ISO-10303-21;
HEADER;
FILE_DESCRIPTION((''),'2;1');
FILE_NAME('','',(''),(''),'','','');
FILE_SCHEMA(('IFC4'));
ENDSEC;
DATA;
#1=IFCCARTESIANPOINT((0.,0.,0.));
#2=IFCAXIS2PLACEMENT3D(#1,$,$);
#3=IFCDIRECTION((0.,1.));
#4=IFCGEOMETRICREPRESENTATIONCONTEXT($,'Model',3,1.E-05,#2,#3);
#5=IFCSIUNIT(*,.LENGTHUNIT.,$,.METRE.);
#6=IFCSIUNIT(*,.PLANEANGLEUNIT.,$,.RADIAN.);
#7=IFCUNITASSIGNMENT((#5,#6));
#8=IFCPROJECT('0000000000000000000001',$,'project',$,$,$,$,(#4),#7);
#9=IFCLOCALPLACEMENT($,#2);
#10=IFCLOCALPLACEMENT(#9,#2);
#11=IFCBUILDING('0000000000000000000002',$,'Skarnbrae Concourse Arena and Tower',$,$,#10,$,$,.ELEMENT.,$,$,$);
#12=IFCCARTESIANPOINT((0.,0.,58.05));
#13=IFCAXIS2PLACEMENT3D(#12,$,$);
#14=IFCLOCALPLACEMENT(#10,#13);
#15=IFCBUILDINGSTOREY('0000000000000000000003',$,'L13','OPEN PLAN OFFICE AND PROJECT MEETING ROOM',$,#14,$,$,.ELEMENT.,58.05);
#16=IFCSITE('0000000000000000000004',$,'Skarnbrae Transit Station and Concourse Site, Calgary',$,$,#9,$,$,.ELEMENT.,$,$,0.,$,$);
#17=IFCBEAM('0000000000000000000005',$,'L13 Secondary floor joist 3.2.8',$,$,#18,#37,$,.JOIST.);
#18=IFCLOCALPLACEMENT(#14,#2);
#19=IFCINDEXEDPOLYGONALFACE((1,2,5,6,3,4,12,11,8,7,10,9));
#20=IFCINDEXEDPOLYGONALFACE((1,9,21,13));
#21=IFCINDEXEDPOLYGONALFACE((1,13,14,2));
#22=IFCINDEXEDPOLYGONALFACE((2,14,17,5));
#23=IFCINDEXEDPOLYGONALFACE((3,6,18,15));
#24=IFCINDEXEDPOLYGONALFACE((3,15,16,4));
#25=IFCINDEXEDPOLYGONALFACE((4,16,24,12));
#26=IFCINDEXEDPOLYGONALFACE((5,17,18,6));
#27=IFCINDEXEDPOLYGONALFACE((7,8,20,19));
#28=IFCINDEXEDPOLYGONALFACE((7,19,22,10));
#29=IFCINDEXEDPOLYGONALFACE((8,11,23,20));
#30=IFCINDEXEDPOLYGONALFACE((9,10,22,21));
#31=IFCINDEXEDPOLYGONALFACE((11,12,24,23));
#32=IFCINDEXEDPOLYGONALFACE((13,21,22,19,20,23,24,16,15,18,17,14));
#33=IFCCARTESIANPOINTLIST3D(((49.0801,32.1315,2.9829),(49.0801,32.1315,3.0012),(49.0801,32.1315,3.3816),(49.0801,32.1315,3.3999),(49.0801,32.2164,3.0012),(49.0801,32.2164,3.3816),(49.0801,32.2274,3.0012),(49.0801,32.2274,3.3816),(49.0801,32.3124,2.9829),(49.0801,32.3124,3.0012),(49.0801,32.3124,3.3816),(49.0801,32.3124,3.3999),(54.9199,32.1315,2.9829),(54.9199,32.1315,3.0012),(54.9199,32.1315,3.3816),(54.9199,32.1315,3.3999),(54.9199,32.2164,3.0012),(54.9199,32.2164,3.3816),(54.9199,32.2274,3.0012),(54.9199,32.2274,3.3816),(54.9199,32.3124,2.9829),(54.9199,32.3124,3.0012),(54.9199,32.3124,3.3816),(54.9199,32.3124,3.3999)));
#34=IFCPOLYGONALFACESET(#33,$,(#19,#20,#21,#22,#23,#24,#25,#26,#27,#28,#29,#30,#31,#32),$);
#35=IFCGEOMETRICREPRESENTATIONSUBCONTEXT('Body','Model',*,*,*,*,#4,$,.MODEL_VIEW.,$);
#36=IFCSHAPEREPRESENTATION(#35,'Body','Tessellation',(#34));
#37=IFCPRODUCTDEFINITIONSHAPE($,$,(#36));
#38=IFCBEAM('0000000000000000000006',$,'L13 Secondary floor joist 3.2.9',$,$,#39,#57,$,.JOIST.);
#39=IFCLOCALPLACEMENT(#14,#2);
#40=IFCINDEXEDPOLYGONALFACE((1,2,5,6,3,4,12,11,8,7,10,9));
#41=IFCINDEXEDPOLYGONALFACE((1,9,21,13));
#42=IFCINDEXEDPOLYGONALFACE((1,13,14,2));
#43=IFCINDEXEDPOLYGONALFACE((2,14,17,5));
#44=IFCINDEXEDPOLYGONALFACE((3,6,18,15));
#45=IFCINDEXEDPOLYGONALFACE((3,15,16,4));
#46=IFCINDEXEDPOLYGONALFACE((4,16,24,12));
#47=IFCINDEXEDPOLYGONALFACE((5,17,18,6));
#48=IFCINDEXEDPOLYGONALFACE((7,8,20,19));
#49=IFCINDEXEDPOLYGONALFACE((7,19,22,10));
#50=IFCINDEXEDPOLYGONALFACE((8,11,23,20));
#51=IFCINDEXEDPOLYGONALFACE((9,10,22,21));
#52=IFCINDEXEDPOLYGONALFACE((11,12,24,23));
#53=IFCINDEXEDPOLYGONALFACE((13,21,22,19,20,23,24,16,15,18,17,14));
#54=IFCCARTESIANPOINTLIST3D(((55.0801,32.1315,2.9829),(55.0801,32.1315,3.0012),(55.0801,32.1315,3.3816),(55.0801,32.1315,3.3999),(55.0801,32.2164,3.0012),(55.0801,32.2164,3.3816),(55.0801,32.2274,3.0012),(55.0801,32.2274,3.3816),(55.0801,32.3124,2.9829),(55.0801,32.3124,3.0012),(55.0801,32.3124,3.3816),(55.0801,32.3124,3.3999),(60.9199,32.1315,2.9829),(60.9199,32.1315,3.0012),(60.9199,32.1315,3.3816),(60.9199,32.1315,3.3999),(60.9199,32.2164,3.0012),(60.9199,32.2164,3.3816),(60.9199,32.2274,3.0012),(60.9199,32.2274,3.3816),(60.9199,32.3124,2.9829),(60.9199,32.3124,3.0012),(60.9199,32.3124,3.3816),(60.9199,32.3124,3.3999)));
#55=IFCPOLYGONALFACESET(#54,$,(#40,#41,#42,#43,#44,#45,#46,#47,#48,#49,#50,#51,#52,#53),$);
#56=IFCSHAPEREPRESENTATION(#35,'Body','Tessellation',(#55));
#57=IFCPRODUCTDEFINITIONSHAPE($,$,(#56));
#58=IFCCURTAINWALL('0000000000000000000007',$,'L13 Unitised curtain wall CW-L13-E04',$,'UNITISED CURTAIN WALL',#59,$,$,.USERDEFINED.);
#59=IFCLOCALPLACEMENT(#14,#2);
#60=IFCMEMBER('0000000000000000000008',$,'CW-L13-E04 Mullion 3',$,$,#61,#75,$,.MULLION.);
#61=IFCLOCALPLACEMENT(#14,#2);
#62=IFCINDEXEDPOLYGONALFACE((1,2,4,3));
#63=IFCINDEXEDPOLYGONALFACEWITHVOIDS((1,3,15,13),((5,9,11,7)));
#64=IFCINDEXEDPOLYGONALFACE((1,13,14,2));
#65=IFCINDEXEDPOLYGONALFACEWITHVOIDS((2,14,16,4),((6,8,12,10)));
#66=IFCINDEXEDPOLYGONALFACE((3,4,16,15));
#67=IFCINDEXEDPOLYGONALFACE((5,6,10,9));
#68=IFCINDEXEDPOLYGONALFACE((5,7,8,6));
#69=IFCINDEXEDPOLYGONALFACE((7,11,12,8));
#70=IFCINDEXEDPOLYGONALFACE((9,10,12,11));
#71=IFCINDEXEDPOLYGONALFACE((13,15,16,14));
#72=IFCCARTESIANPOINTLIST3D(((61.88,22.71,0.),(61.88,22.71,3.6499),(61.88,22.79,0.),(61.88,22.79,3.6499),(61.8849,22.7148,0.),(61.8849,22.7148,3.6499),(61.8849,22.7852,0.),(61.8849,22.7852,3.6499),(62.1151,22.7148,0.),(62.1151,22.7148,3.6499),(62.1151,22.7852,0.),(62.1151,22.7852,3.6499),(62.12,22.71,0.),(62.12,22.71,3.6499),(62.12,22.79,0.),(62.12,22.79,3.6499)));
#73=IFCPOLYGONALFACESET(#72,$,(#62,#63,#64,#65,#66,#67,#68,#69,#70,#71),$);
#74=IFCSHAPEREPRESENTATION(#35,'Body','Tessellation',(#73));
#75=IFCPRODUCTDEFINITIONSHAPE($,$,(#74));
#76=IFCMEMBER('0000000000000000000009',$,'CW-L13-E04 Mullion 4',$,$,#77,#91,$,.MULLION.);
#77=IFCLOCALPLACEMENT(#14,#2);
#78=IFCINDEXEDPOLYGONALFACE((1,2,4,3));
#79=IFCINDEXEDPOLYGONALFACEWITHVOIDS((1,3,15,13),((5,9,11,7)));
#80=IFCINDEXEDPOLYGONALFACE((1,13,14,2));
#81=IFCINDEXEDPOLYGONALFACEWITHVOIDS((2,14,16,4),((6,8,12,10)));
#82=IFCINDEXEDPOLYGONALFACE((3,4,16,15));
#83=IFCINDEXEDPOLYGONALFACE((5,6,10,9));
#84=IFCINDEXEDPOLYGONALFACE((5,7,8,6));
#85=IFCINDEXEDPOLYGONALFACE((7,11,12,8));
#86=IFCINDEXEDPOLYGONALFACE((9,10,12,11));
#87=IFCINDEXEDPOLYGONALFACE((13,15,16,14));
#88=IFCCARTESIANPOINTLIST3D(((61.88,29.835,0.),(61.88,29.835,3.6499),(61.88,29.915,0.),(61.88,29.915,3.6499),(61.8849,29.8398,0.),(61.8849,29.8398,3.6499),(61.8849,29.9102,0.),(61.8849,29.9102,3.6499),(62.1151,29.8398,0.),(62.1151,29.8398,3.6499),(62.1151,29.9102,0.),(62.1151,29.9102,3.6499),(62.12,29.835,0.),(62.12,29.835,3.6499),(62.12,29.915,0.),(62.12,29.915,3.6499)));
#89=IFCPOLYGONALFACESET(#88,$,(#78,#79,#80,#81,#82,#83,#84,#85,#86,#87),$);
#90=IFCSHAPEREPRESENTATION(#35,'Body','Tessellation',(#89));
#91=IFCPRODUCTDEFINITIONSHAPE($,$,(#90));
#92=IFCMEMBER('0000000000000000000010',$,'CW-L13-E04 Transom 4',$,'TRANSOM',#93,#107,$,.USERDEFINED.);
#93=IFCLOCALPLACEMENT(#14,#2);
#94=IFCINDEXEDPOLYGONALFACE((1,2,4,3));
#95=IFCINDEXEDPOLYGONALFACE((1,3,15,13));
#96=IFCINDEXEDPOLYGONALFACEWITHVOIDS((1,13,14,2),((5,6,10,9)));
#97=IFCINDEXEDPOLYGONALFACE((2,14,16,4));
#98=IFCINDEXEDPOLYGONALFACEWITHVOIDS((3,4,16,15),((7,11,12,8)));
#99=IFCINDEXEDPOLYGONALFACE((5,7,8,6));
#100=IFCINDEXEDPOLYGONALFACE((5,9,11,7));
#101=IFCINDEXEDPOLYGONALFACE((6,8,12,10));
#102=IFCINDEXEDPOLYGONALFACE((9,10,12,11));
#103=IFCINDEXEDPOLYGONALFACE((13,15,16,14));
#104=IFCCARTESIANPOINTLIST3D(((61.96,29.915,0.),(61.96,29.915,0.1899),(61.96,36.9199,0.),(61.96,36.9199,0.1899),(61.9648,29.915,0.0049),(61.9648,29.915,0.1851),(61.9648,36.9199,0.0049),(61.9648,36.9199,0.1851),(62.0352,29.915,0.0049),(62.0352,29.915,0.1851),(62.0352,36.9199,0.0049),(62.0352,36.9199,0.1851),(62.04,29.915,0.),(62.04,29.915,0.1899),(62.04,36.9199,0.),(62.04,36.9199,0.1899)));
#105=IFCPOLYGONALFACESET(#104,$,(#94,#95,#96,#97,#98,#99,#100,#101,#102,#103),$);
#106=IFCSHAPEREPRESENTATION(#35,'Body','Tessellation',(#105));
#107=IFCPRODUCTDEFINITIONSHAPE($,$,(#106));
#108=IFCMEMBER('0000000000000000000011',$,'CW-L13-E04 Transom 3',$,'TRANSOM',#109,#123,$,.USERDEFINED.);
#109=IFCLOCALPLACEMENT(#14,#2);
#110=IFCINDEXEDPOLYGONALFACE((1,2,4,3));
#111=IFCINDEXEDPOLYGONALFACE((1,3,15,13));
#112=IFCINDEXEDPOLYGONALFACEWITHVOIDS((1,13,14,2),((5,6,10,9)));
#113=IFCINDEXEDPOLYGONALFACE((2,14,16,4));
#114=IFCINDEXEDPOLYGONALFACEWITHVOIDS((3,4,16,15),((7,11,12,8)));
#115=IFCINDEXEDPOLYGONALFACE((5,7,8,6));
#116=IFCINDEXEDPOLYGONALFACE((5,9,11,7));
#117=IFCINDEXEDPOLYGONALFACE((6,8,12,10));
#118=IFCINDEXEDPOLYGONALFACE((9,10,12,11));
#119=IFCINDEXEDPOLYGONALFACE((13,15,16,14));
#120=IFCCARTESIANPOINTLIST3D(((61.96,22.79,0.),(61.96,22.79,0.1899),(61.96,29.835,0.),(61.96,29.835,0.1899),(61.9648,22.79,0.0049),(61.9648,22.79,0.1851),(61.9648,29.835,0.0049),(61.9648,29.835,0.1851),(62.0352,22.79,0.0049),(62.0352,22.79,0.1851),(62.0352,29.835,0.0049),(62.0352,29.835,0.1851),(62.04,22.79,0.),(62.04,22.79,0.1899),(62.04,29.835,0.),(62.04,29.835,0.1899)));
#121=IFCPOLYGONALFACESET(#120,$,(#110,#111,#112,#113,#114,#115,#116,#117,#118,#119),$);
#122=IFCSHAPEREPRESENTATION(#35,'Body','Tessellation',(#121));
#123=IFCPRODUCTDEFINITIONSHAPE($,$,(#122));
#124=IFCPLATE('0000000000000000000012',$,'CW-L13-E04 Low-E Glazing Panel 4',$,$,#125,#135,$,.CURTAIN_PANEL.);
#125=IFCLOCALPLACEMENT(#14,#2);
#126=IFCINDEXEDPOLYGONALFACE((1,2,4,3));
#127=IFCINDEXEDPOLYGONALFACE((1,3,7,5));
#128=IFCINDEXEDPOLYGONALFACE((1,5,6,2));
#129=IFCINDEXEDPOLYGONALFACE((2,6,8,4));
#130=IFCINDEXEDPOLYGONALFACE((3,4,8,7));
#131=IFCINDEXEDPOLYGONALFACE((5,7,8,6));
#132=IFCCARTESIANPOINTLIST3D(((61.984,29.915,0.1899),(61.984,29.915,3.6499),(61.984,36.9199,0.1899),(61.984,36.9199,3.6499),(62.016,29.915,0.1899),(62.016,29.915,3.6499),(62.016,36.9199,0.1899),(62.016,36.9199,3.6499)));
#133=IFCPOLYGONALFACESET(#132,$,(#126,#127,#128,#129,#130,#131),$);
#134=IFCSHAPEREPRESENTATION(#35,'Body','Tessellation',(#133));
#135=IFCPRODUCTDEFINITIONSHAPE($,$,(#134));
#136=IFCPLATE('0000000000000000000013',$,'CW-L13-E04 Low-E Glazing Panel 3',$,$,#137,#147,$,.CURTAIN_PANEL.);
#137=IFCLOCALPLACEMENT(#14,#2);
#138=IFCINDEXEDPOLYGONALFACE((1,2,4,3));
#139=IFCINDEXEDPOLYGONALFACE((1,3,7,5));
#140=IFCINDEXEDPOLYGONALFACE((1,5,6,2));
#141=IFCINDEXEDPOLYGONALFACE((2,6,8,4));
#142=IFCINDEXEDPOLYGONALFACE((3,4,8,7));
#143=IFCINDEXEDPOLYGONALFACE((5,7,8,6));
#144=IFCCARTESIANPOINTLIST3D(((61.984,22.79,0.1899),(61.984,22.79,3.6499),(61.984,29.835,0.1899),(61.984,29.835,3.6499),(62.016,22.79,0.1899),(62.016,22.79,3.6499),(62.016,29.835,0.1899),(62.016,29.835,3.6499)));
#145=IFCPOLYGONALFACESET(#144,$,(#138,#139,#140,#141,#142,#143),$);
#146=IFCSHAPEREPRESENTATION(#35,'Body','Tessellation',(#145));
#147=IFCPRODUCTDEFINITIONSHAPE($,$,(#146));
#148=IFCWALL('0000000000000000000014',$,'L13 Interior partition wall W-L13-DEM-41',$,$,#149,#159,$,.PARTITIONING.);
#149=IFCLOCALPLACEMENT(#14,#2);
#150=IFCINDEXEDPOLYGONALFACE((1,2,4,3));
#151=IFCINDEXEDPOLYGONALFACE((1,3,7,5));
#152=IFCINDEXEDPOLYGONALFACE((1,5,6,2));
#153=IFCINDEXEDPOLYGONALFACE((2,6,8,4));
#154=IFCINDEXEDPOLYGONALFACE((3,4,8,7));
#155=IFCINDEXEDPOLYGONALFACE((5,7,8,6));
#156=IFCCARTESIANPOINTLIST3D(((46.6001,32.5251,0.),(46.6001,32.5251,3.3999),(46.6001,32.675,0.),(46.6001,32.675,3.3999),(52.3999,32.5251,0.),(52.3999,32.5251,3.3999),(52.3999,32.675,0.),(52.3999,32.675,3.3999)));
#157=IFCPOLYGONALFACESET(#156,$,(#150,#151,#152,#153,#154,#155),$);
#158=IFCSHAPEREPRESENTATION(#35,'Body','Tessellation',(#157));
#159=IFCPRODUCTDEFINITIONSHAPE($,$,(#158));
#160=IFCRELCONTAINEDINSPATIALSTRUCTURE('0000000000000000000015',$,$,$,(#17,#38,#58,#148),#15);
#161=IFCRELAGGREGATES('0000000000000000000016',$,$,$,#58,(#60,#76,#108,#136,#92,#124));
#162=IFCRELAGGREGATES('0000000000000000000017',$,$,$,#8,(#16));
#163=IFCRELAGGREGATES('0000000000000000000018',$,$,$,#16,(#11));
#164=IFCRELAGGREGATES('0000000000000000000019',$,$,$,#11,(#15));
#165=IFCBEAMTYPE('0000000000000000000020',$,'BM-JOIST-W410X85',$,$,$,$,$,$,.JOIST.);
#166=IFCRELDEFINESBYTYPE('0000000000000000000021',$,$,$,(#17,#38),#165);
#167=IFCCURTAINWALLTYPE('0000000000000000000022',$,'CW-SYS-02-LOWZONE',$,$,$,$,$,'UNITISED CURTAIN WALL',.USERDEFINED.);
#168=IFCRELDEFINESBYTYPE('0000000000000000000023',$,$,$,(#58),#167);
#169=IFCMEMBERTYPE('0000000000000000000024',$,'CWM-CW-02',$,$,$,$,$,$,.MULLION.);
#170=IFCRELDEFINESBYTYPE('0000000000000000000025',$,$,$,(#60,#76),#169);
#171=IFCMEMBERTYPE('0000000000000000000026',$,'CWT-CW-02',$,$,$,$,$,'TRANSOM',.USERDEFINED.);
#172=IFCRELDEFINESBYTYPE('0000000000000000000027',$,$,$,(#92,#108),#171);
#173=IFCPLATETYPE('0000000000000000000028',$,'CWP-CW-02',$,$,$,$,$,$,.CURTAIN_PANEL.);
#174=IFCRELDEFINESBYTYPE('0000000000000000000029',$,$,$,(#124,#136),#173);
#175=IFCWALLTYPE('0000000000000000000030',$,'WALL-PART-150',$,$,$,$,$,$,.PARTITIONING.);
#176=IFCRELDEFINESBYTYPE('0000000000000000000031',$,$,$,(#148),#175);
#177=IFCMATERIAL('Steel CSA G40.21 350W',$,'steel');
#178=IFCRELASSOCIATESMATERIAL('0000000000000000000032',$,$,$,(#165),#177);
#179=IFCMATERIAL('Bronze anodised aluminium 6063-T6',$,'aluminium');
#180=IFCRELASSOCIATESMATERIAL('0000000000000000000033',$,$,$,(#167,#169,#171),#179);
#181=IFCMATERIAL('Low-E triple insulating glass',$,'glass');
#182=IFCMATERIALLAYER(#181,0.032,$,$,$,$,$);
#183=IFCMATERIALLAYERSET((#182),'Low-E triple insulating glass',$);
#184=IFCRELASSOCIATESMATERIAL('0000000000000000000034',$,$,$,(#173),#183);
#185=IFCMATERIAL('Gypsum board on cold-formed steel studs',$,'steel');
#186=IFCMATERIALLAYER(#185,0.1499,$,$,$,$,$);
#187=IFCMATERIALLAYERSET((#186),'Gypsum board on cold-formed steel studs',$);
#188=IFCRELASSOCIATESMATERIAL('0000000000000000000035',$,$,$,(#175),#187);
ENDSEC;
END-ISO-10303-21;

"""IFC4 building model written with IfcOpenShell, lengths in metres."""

from ifc_helpers import new_model, si_unit, direction, frame, frame_2d, origin, origin_2d, place, context, subcontext, project, spatial, rectangle, hollow_rectangle, i_section, extrude, source, transform, mapped, material, layer, layer_set, material_profile, profile_set, type_object, element, aggregate, save


model = new_model("IFC4")

# Units and contexts
model_context = context("Model", 3, precision=1e-05, world=origin(), true_north=direction((0.0, 1.0)))
body_context = subcontext(model_context, "Body", "Model", "MODEL_VIEW")
ifc_project = project(units=[si_unit("LENGTHUNIT", "METRE"), si_unit("PLANEANGLEUNIT", "RADIAN")], contexts=[model_context])

# Site, building, storey
site_placement = place(None, origin())
site = spatial("IfcSite", under=ifc_project, at=site_placement, Name="Skarnbrae Transit Station and Concourse Site, Calgary", CompositionType="ELEMENT", RefElevation=0.0)
building_placement = place(site_placement, origin())
building = spatial("IfcBuilding", under=site, at=building_placement, Name="Skarnbrae Concourse Arena and Tower", CompositionType="ELEMENT")
storey_placement = place(building_placement, frame((0.0, 0.0, 58.05)))
storey = spatial("IfcBuildingStorey", under=building, at=storey_placement, Name="L13", Description="OPEN PLAN OFFICE AND PROJECT MEETING ROOM", CompositionType="ELEMENT", Elevation=58.05)

# Shared definitions
ifc_material_1 = material(Name="Steel CSA G40.21 350W", Category="steel")

# Beams
ifc_material_profile_1 = material_profile(ifc_material_1, i_section(OverallWidth=0.1809, OverallDepth=0.417, WebThickness=0.011, FlangeThickness=0.0183, at=origin_2d()), Name="W410X85")
ifc_profile_set_1 = profile_set([ifc_material_profile_1], Name="Steel CSA G40.21 350W")
beam_type_1 = type_object("IfcBeamType", Name="BM-JOIST-W410X85", PredefinedType="JOIST", material=ifc_profile_set_1)
shared_shape_1 = source(origin(), body_context, "Body", "SweptSolid", [
    extrude(i_section(OverallWidth=0.1809, OverallDepth=0.417, WebThickness=0.011, FlangeThickness=0.0183, at=origin_2d()), origin(), (0.0, 0.0, 1.0), 5.8398),
])
for number, where, z_axis, x_axis, name in (
    (1, (49.0801, 32.2219, 3.1914), (1.0, 0.0, 0.0), (0.0, 1.0, 0.0), "L13 Secondary floor joist 3.2.8"),
    (2, (55.0801, 32.2219, 3.1914), (1.0, 0.0, 0.0), (0.0, 1.0, 0.0), "L13 Secondary floor joist 3.2.9"),
):
    element("IfcBeam", number, at=place(storey_placement, frame(where, z_axis=z_axis, x_axis=x_axis)), inside=storey, type_object=beam_type_1, Name=name, PredefinedType="JOIST", context=body_context, shape_type="MappedRepresentation", body=[
        mapped(shared_shape_1, transform((0.0, 0.0, 0.0))),
    ])

# Curtain wall, members, plates
ifc_material_2 = material(Name="Bronze anodised aluminium 6063-T6", Category="aluminium")
curtain_wall_type = type_object("IfcCurtainWallType", Name="CW-SYS-02-LOWZONE", ElementType="UNITISED CURTAIN WALL", PredefinedType="USERDEFINED", material=ifc_material_2)
curtain_wall_placement = place(storey_placement, origin())
curtain_wall = element("IfcCurtainWall", 3, at=curtain_wall_placement, inside=storey, type_object=curtain_wall_type, Name="L13 Unitised curtain wall CW-L13-E04", ObjectType="UNITISED CURTAIN WALL", PredefinedType="USERDEFINED")
ifc_material_profile_2 = material_profile(ifc_material_2, hollow_rectangle(XDim=0.0801, YDim=0.24, WallThickness=0.0049, at=origin_2d()), Name="ALU-MULL-80X240")
ifc_profile_set_2 = profile_set([ifc_material_profile_2], Name="Bronze anodised aluminium 6063-T6")
member_type_1 = type_object("IfcMemberType", Name="CWM-CW-02", PredefinedType="MULLION", material=ifc_profile_set_2)
shared_shape_2 = source(origin(), body_context, "Body", "SweptSolid", [
    extrude(hollow_rectangle(XDim=0.0801, YDim=0.24, WallThickness=0.0049, at=origin_2d()), origin(), (0.0, 0.0, 1.0), 3.6499),
])
member_1_placement = place(storey_placement, frame((62.0, 22.75, 0.0), z_axis=(0.0, 0.0, 1.0), x_axis=(0.0, 1.0, 0.0)))
member_1 = element("IfcMember", 4, at=member_1_placement, type_object=member_type_1, Name="CW-L13-E04 Mullion 3", PredefinedType="MULLION", context=body_context, shape_type="MappedRepresentation", body=[
    mapped(shared_shape_2, transform((0.0, 0.0, 0.0))),
])
member_2_placement = place(storey_placement, frame((62.0, 29.875, 0.0), z_axis=(0.0, 0.0, 1.0), x_axis=(0.0, 1.0, 0.0)))
member_2 = element("IfcMember", 5, at=member_2_placement, type_object=member_type_1, Name="CW-L13-E04 Mullion 4", PredefinedType="MULLION", context=body_context, shape_type="MappedRepresentation", body=[
    mapped(shared_shape_2, transform((0.0, 0.0, 0.0))),
])
ifc_material_profile_3 = material_profile(ifc_material_2, hollow_rectangle(XDim=0.0801, YDim=0.1899, WallThickness=0.0049, at=origin_2d()), Name="ALU-TRAN-80X190")
ifc_profile_set_3 = profile_set([ifc_material_profile_3], Name="Bronze anodised aluminium 6063-T6")
member_type_2 = type_object("IfcMemberType", Name="CWT-CW-02", ElementType="TRANSOM", PredefinedType="USERDEFINED", material=ifc_profile_set_3)
shared_shape_3 = source(origin(), body_context, "Body", "SweptSolid", [
    extrude(hollow_rectangle(XDim=0.0801, YDim=0.1899, WallThickness=0.0049, at=origin_2d()), origin(), (0.0, 0.0, 1.0), 7.0049),
])
member_3_placement = place(storey_placement, frame((62.0, 29.915, 0.095), z_axis=(0.0, 1.0, 0.0), x_axis=(-1.0, 0.0, 0.0)))
member_3 = element("IfcMember", 6, at=member_3_placement, type_object=member_type_2, Name="CW-L13-E04 Transom 4", ObjectType="TRANSOM", PredefinedType="USERDEFINED", context=body_context, shape_type="MappedRepresentation", body=[
    mapped(shared_shape_3, transform((0.0, 0.0, 0.0))),
])
shared_shape_4 = source(origin(), body_context, "Body", "SweptSolid", [
    extrude(hollow_rectangle(XDim=0.0801, YDim=0.1899, WallThickness=0.0049, at=origin_2d()), origin(), (0.0, 0.0, 1.0), 7.0449),
])
member_4_placement = place(storey_placement, frame((62.0, 22.79, 0.095), z_axis=(0.0, 1.0, 0.0), x_axis=(-1.0, 0.0, 0.0)))
member_4 = element("IfcMember", 7, at=member_4_placement, type_object=member_type_2, Name="CW-L13-E04 Transom 3", ObjectType="TRANSOM", PredefinedType="USERDEFINED", context=body_context, shape_type="MappedRepresentation", body=[
    mapped(shared_shape_4, transform((0.0, 0.0, 0.0))),
])
ifc_material_3 = material(Name="Low-E triple insulating glass", Category="glass")
ifc_layer_1 = layer(ifc_material_3, 0.032)
ifc_layer_set_1 = layer_set([ifc_layer_1], Name="Low-E triple insulating glass")
plate_type = type_object("IfcPlateType", Name="CWP-CW-02", PredefinedType="CURTAIN_PANEL", material=ifc_layer_set_1)
shared_shape_5 = source(origin(), body_context, "Body", "SweptSolid", [
    extrude(rectangle(XDim=7.0049, YDim=0.032, at=origin_2d()), origin(), (0.0, 0.0, 1.0), 3.46),
])
plate_1_placement = place(storey_placement, frame((62.0, 33.4175, 0.1899), z_axis=(0.0, 0.0, 1.0), x_axis=(0.0, 1.0, 0.0)))
plate_1 = element("IfcPlate", 8, at=plate_1_placement, type_object=plate_type, Name="CW-L13-E04 Low-E Glazing Panel 4", PredefinedType="CURTAIN_PANEL", context=body_context, shape_type="MappedRepresentation", body=[
    mapped(shared_shape_5, transform((0.0, 0.0, 0.0))),
])
shared_shape_6 = source(origin(), body_context, "Body", "SweptSolid", [
    extrude(rectangle(XDim=7.0449, YDim=0.032, at=origin_2d()), origin(), (0.0, 0.0, 1.0), 3.46),
])
plate_2_placement = place(storey_placement, frame((62.0, 26.3125, 0.1899), z_axis=(0.0, 0.0, 1.0), x_axis=(0.0, 1.0, 0.0)))
plate_2 = element("IfcPlate", 9, at=plate_2_placement, type_object=plate_type, Name="CW-L13-E04 Low-E Glazing Panel 3", PredefinedType="CURTAIN_PANEL", context=body_context, shape_type="MappedRepresentation", body=[
    mapped(shared_shape_6, transform((0.0, 0.0, 0.0))),
])
aggregate(curtain_wall, [member_1, member_2, member_4, plate_2, member_3, plate_1])

# Wall
ifc_material_4 = material(Name="Gypsum board on cold-formed steel studs", Category="steel")
ifc_layer_2 = layer(ifc_material_4, 0.1499)
ifc_layer_set_2 = layer_set([ifc_layer_2], Name="Gypsum board on cold-formed steel studs")
wall_type = type_object("IfcWallType", Name="WALL-PART-150", PredefinedType="PARTITIONING", material=ifc_layer_set_2)
shared_shape_7 = source(origin(), body_context, "Body", "SweptSolid", [
    extrude(rectangle(XDim=5.7998, YDim=0.1499, at=frame_2d((2.8999, 0.0))), origin(), (0.0, 0.0, 1.0), 3.3999),
])
wall_placement = place(storey_placement, frame((52.3999, 32.6001, 0.0), z_axis=(0.0, 0.0, 1.0), x_axis=(-1.0, 0.0, 0.0)))
element("IfcWall", 10, at=wall_placement, inside=storey, type_object=wall_type, Name="L13 Interior partition wall W-L13-DEM-41", PredefinedType="PARTITIONING", context=body_context, shape_type="MappedRepresentation", body=[
    mapped(shared_shape_7, transform((0.0, 0.0, 0.0))),
])

save(model, "model.ifc")
